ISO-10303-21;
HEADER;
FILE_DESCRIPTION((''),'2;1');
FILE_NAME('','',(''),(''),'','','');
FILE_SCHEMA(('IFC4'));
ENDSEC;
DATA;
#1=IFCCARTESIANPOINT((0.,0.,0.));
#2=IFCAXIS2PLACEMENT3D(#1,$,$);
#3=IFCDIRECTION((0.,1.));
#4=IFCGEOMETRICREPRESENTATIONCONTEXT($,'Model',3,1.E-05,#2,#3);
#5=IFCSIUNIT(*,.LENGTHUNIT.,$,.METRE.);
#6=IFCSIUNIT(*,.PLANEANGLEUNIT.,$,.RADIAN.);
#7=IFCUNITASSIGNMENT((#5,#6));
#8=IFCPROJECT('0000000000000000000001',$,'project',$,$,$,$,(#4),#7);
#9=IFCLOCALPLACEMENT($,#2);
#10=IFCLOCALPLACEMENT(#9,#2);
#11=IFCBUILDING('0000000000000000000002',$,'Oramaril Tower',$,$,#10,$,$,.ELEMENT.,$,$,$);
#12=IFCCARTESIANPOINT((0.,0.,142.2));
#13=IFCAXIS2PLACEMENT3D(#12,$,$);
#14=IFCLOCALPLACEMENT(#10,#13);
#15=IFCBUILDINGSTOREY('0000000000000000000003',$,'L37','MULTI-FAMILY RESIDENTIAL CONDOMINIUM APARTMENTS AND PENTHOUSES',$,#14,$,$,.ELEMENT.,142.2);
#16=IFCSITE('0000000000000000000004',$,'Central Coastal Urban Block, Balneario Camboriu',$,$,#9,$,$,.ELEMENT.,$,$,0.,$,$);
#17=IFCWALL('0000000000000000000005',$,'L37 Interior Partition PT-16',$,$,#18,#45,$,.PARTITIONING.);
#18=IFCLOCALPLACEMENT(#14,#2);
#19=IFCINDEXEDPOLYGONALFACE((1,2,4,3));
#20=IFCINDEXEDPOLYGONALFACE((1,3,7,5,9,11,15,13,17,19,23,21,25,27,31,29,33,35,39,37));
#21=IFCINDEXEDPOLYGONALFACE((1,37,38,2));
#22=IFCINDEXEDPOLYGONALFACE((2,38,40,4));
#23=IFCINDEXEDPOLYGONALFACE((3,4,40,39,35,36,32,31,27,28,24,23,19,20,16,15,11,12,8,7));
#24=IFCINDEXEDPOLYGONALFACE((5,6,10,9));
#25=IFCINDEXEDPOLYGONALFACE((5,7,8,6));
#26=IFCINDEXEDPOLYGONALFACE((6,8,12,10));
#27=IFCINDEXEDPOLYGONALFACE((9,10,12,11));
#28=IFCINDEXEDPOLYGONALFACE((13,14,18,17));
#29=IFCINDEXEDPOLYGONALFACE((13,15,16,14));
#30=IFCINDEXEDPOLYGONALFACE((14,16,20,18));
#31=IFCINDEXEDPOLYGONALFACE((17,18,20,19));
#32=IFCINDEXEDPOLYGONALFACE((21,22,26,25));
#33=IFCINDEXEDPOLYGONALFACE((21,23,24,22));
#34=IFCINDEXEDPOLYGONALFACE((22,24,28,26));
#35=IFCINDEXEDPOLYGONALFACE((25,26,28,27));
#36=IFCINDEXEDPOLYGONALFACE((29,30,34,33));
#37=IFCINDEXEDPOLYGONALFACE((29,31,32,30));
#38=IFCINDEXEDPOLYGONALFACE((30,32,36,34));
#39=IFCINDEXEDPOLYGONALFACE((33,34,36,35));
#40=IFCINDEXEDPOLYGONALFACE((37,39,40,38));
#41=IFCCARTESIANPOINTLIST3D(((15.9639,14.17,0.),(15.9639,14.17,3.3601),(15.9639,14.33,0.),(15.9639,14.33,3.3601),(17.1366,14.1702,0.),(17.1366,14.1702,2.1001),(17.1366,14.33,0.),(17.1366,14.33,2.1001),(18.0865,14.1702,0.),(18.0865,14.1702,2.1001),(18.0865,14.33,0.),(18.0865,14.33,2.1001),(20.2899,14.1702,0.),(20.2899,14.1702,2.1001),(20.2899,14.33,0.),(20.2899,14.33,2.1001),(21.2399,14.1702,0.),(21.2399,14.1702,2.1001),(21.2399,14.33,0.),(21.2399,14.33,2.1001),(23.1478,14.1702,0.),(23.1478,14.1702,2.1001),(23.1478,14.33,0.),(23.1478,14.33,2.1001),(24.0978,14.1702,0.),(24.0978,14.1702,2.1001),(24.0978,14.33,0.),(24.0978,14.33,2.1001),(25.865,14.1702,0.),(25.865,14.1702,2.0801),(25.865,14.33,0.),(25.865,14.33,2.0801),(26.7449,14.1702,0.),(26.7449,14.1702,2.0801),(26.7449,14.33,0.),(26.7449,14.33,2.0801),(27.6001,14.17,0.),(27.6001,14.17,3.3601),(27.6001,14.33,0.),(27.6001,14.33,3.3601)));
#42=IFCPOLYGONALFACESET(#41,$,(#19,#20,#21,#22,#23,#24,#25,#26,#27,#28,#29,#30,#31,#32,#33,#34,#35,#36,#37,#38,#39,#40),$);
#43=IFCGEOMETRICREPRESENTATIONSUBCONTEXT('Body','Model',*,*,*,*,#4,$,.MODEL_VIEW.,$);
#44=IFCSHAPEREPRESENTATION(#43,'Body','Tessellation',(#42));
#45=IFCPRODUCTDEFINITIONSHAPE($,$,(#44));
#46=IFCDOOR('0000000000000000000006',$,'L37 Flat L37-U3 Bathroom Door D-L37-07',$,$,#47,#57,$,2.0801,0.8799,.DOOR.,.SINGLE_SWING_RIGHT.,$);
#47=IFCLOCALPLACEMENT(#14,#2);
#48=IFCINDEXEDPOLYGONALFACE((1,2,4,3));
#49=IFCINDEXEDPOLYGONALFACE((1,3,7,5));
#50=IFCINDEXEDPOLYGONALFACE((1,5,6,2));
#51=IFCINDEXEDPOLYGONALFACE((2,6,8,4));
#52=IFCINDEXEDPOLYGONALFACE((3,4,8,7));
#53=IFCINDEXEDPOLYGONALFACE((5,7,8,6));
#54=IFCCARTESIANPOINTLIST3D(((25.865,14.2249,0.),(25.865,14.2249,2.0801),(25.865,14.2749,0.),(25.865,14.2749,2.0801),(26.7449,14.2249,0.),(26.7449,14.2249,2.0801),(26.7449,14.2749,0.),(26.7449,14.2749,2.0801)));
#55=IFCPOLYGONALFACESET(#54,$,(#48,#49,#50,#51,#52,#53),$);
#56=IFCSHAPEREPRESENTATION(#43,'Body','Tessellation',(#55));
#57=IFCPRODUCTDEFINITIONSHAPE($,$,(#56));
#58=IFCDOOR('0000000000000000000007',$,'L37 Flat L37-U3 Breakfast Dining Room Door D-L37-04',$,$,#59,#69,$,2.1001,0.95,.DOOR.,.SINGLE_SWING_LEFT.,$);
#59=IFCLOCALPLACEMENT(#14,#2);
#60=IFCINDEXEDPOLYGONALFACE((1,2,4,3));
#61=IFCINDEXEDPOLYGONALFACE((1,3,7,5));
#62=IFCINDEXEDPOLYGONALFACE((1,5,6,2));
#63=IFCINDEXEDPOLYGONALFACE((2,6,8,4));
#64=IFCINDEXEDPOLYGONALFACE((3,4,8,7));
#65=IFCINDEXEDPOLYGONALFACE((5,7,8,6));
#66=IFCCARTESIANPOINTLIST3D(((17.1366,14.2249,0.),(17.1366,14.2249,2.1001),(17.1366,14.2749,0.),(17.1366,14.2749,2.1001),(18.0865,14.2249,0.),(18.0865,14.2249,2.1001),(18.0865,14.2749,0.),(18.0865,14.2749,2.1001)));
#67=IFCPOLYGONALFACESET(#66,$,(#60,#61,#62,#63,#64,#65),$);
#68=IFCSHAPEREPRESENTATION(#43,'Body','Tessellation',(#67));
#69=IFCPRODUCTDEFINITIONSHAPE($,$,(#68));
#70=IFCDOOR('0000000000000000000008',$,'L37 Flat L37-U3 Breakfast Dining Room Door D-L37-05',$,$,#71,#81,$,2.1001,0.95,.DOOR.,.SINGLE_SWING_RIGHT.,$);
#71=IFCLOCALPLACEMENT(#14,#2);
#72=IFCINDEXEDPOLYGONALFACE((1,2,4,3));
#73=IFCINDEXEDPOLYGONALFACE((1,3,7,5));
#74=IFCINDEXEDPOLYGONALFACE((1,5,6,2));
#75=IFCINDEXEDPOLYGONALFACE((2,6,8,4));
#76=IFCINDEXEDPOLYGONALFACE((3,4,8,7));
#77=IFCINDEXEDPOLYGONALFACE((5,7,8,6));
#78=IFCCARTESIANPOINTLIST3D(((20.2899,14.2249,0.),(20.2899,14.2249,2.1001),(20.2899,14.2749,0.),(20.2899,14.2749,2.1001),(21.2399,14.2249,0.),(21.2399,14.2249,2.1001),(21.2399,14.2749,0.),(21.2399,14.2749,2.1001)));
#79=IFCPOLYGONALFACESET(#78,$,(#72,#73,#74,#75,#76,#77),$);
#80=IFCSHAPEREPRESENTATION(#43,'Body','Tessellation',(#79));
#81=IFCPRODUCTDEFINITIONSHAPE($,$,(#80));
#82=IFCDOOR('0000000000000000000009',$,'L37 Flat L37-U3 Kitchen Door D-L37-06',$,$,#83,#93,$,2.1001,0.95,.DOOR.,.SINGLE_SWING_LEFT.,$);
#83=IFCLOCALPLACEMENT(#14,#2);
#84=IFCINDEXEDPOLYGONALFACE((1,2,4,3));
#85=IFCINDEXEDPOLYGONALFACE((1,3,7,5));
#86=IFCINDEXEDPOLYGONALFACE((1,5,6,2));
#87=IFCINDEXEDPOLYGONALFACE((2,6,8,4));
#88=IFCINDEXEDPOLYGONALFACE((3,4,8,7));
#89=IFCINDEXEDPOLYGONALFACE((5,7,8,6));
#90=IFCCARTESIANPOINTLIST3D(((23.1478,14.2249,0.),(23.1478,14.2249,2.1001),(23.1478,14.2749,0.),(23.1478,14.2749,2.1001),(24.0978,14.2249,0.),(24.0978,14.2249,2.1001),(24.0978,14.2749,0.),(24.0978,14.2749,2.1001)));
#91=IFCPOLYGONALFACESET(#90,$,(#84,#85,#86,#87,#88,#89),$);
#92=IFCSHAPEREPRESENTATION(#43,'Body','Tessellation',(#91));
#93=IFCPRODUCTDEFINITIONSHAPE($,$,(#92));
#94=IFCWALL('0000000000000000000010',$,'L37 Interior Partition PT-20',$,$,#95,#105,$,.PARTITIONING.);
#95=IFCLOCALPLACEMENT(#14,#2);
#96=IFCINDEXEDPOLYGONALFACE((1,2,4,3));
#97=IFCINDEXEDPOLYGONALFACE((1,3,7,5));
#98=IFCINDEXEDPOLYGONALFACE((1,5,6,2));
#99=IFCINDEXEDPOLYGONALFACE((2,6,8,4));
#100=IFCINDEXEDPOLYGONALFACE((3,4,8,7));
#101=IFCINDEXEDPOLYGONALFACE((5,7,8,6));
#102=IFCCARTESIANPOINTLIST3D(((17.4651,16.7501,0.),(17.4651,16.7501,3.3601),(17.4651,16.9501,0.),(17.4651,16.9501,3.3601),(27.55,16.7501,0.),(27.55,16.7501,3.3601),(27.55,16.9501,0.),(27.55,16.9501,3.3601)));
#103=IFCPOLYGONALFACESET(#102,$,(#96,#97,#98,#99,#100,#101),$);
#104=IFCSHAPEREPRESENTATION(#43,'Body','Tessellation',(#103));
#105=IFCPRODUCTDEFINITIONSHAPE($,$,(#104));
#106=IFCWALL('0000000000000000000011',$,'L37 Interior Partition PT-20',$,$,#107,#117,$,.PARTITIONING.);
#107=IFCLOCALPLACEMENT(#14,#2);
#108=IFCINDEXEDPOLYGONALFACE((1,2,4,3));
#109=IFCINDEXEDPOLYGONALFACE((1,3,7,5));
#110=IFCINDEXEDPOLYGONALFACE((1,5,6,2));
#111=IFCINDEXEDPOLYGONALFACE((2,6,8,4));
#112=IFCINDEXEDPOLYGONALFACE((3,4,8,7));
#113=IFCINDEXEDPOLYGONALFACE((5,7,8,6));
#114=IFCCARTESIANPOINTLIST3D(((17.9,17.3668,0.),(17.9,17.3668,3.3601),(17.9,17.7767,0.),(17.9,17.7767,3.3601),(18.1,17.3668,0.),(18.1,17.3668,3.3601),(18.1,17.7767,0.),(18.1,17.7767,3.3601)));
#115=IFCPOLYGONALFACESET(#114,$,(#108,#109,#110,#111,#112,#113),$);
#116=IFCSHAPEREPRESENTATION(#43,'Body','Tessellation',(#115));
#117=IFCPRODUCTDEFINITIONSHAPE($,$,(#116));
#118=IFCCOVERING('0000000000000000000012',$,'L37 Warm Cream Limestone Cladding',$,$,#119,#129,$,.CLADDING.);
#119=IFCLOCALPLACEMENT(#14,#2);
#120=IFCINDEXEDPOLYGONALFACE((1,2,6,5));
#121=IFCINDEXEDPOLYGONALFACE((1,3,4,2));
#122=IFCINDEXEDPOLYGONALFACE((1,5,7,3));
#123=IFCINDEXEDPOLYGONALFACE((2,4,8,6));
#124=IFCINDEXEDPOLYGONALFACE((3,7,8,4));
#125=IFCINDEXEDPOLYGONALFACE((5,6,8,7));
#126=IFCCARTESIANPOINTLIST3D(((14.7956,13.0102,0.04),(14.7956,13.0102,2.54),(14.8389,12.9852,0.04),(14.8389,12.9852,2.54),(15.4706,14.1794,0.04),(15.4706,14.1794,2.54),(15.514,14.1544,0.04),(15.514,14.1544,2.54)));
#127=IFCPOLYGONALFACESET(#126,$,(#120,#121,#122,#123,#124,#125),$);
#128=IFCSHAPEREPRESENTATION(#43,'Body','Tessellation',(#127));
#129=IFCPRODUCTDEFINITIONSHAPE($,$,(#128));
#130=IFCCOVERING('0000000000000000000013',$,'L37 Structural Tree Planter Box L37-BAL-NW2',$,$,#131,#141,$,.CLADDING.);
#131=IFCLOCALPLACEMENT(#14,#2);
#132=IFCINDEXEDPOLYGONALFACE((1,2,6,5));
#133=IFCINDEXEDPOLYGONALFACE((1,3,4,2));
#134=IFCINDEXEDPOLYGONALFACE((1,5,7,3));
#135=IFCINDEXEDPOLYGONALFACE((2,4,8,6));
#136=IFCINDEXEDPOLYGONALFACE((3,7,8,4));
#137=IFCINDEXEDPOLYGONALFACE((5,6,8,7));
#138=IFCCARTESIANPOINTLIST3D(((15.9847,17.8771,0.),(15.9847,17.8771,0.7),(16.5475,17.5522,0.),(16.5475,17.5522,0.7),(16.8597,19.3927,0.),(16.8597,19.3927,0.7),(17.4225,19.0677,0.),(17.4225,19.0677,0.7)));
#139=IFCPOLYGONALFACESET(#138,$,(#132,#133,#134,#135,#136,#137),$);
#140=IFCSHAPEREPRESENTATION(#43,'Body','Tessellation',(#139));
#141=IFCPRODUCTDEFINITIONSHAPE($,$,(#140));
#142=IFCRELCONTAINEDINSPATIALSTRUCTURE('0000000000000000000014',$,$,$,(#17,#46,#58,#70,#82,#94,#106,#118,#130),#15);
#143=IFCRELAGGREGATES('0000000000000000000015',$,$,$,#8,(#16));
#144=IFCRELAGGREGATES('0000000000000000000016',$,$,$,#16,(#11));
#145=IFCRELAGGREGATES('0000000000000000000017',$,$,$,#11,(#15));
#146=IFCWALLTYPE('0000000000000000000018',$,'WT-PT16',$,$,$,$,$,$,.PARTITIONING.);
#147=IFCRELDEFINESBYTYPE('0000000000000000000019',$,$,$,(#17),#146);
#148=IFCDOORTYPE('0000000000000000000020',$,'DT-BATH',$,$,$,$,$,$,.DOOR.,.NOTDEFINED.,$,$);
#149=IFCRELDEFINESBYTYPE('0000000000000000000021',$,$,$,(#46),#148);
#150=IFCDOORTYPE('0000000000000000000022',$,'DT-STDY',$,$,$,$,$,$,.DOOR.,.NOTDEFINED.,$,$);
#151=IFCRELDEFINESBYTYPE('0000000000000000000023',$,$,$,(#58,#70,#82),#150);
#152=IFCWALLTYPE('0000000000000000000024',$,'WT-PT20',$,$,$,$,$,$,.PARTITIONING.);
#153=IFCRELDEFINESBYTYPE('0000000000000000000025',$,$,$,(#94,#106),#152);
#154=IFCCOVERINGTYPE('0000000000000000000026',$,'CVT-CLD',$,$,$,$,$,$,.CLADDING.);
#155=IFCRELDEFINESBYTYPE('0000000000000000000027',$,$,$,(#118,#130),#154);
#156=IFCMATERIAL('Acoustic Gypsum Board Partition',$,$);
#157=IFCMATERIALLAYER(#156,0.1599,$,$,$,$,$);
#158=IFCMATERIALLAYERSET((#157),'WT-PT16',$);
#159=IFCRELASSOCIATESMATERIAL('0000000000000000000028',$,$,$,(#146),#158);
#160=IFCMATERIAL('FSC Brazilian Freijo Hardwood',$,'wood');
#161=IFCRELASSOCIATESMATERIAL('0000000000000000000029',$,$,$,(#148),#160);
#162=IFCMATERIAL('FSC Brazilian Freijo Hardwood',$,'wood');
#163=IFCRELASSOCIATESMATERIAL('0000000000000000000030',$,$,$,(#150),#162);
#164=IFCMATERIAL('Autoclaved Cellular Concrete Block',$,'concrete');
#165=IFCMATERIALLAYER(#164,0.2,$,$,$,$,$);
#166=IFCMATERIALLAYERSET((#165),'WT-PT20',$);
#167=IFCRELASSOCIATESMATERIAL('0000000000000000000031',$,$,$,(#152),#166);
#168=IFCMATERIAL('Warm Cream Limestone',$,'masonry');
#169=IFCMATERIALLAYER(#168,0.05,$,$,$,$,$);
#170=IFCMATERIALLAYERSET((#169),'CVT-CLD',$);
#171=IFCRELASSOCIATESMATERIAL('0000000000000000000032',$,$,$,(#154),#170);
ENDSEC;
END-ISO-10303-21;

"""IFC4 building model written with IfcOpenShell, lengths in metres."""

from ifc_helpers import new_model, si_unit, direction, frame, frame_2d, origin, origin_2d, place, context, subcontext, project, spatial, rectangle, extrude, material, layer, layer_set, type_object, element, fill, save


model = new_model("IFC4")

# Units and contexts
model_context = context("Model", 3, precision=1e-05, world=origin(), true_north=direction((0.0, 1.0)))
body_context = subcontext(model_context, "Body", "Model", "MODEL_VIEW")
ifc_project = project(units=[si_unit("LENGTHUNIT", "METRE"), si_unit("PLANEANGLEUNIT", "RADIAN")], contexts=[model_context])

# Site, building, storey
site_placement = place(None, origin())
site = spatial("IfcSite", under=ifc_project, at=site_placement, Name="Central Coastal Urban Block, Balneario Camboriu", CompositionType="ELEMENT", RefElevation=0.0)
building_placement = place(site_placement, origin())
building = spatial("IfcBuilding", under=site, at=building_placement, Name="Oramaril Tower", CompositionType="ELEMENT")
storey_placement = place(building_placement, frame((0.0, 0.0, 142.2)))
storey = spatial("IfcBuildingStorey", under=building, at=storey_placement, Name="L37", Description="MULTI-FAMILY RESIDENTIAL CONDOMINIUM APARTMENTS AND PENTHOUSES", CompositionType="ELEMENT", Elevation=142.2)

# Wall, openings, doors
ifc_material_1 = material(Name="Acoustic Gypsum Board Partition")
ifc_layer_1 = layer(ifc_material_1, 0.1599)
ifc_layer_set_1 = layer_set([ifc_layer_1], Name="WT-PT16")
wall_type_1 = type_object("IfcWallType", Name="WT-PT16", PredefinedType="PARTITIONING", material=ifc_layer_set_1)
wall_1_placement = place(storey_placement, frame((15.9639, 14.25, 0.0), z_axis=(0.0, 0.0, 1.0), x_axis=(1.0, 0.0, 0.0)))
wall_1 = element("IfcWall", 1, at=wall_1_placement, inside=storey, type_object=wall_type_1, Name="L37 Interior Partition PT-16", PredefinedType="PARTITIONING", context=body_context, shape_type="SweptSolid", body=[
    extrude(rectangle(XDim=11.6362, YDim=0.1599, at=frame_2d((5.8181, 0.0))), origin(), (0.0, 0.0, 1.0), 3.3601),
])
opening_1_placement = place(wall_1_placement, frame((1.1726, 0.0, 0.0)))
opening_1 = element("IfcOpeningElement", 2, at=opening_1_placement, cuts=wall_1, PredefinedType="OPENING", context=body_context, shape_type="SweptSolid", body=[
    extrude(rectangle(XDim=0.95, YDim=2.1001, at=frame_2d((0.4751, 1.05))), frame((0.0, 0.0801, 0.0), z_axis=(0.0, -1.0, 0.0), x_axis=(1.0, 0.0, 0.0)), (0.0, 0.0, 1.0), 0.1599),
])
opening_2_placement = place(wall_1_placement, frame((4.3259, 0.0, 0.0)))
opening_2 = element("IfcOpeningElement", 3, at=opening_2_placement, cuts=wall_1, PredefinedType="OPENING", context=body_context, shape_type="SweptSolid", body=[
    extrude(rectangle(XDim=0.95, YDim=2.1001, at=frame_2d((0.4751, 1.05))), frame((0.0, 0.0801, 0.0), z_axis=(0.0, -1.0, 0.0), x_axis=(1.0, 0.0, 0.0)), (0.0, 0.0, 1.0), 0.1599),
])
opening_3_placement = place(wall_1_placement, frame((7.1838, 0.0, 0.0)))
opening_3 = element("IfcOpeningElement", 4, at=opening_3_placement, cuts=wall_1, PredefinedType="OPENING", context=body_context, shape_type="SweptSolid", body=[
    extrude(rectangle(XDim=0.95, YDim=2.1001, at=frame_2d((0.4751, 1.05))), frame((0.0, 0.0801, 0.0), z_axis=(0.0, -1.0, 0.0), x_axis=(1.0, 0.0, 0.0)), (0.0, 0.0, 1.0), 0.1599),
])
opening_4_placement = place(wall_1_placement, frame((9.9011, 0.0, 0.0)))
opening_4 = element("IfcOpeningElement", 5, at=opening_4_placement, cuts=wall_1, PredefinedType="OPENING", context=body_context, shape_type="SweptSolid", body=[
    extrude(rectangle(XDim=0.8799, YDim=2.0801, at=frame_2d((0.4399, 1.04))), frame((0.0, 0.0801, 0.0), z_axis=(0.0, -1.0, 0.0), x_axis=(1.0, 0.0, 0.0)), (0.0, 0.0, 1.0), 0.1599),
])
ifc_material_2 = material(Name="FSC Brazilian Freijo Hardwood", Category="wood")
door_type_1 = type_object("IfcDoorType", Name="DT-BATH", OperationType="NOTDEFINED", PredefinedType="DOOR", material=ifc_material_2)
door_1_placement = place(opening_4_placement, origin())
door_1 = element("IfcDoor", 6, at=door_1_placement, inside=storey, type_object=door_type_1, Name="L37 Flat L37-U3 Bathroom Door D-L37-07", OperationType="SINGLE_SWING_RIGHT", OverallHeight=2.0801, OverallWidth=0.8799, PredefinedType="DOOR", context=body_context, shape_type="SweptSolid", body=[
    extrude(rectangle(XDim=0.8799, YDim=2.0801, at=frame_2d((0.4399, 1.04))), frame((0.0, 0.0249, 0.0), z_axis=(0.0, -1.0, 0.0), x_axis=(1.0, 0.0, 0.0)), (0.0, 0.0, 1.0), 0.05),
])
fill(opening_4, door_1)
ifc_material_3 = material(Name="FSC Brazilian Freijo Hardwood", Category="wood")
door_type_2 = type_object("IfcDoorType", Name="DT-STDY", OperationType="NOTDEFINED", PredefinedType="DOOR", material=ifc_material_3)
door_2_placement = place(opening_1_placement, origin())
door_2 = element("IfcDoor", 7, at=door_2_placement, inside=storey, type_object=door_type_2, Name="L37 Flat L37-U3 Breakfast Dining Room Door D-L37-04", OperationType="SINGLE_SWING_LEFT", OverallHeight=2.1001, OverallWidth=0.95, PredefinedType="DOOR", context=body_context, shape_type="SweptSolid", body=[
    extrude(rectangle(XDim=0.95, YDim=2.1001, at=frame_2d((0.4751, 1.05))), frame((0.0, 0.0249, 0.0), z_axis=(0.0, -1.0, 0.0), x_axis=(1.0, 0.0, 0.0)), (0.0, 0.0, 1.0), 0.05),
])
fill(opening_1, door_2)
door_3_placement = place(opening_2_placement, origin())
door_3 = element("IfcDoor", 8, at=door_3_placement, inside=storey, type_object=door_type_2, Name="L37 Flat L37-U3 Breakfast Dining Room Door D-L37-05", OperationType="SINGLE_SWING_RIGHT", OverallHeight=2.1001, OverallWidth=0.95, PredefinedType="DOOR", context=body_context, shape_type="SweptSolid", body=[
    extrude(rectangle(XDim=0.95, YDim=2.1001, at=frame_2d((0.4751, 1.05))), frame((0.0, 0.0249, 0.0), z_axis=(0.0, -1.0, 0.0), x_axis=(1.0, 0.0, 0.0)), (0.0, 0.0, 1.0), 0.05),
])
fill(opening_2, door_3)
door_4_placement = place(opening_3_placement, origin())
door_4 = element("IfcDoor", 9, at=door_4_placement, inside=storey, type_object=door_type_2, Name="L37 Flat L37-U3 Kitchen Door D-L37-06", OperationType="SINGLE_SWING_LEFT", OverallHeight=2.1001, OverallWidth=0.95, PredefinedType="DOOR", context=body_context, shape_type="SweptSolid", body=[
    extrude(rectangle(XDim=0.95, YDim=2.1001, at=frame_2d((0.4751, 1.05))), frame((0.0, 0.0249, 0.0), z_axis=(0.0, -1.0, 0.0), x_axis=(1.0, 0.0, 0.0)), (0.0, 0.0, 1.0), 0.05),
])
fill(opening_3, door_4)

# Wall
ifc_material_4 = material(Name="Autoclaved Cellular Concrete Block", Category="concrete")
ifc_layer_2 = layer(ifc_material_4, 0.2)
ifc_layer_set_2 = layer_set([ifc_layer_2], Name="WT-PT20")
wall_type_2 = type_object("IfcWallType", Name="WT-PT20", PredefinedType="PARTITIONING", material=ifc_layer_set_2)
wall_2_placement = place(storey_placement, frame((17.4651, 16.8501, 0.0), z_axis=(0.0, 0.0, 1.0), x_axis=(1.0, 0.0, 0.0)))
element("IfcWall", 10, at=wall_2_placement, inside=storey, type_object=wall_type_2, Name="L37 Interior Partition PT-20", PredefinedType="PARTITIONING", context=body_context, shape_type="SweptSolid", body=[
    extrude(rectangle(XDim=10.085, YDim=0.2, at=frame_2d((5.0425, 0.0))), origin(), (0.0, 0.0, 1.0), 3.3601),
])

# Wall
wall_3_placement = place(storey_placement, frame((18.0, 17.3667, 0.0), z_axis=(0.0, 0.0, 1.0), x_axis=(0.0, 1.0, 0.0)))
element("IfcWall", 11, at=wall_3_placement, inside=storey, type_object=wall_type_2, Name="L37 Interior Partition PT-20", PredefinedType="PARTITIONING", context=body_context, shape_type="SweptSolid", body=[
    extrude(rectangle(XDim=0.4099, YDim=0.2, at=frame_2d((0.2051, 0.0))), origin(), (0.0, 0.0, 1.0), 3.3601),
])

# Coverings
ifc_material_5 = material(Name="Warm Cream Limestone", Category="masonry")
ifc_layer_3 = layer(ifc_material_5, 0.05)
ifc_layer_set_3 = layer_set([ifc_layer_3], Name="CVT-CLD")
covering_type = type_object("IfcCoveringType", Name="CVT-CLD", PredefinedType="CLADDING", material=ifc_layer_set_3)
covering_1_placement = place(storey_placement, frame((15.1548, 13.5823, 0.04), z_axis=(0.0, 0.0, 1.0), x_axis=(-0.499998, -0.866026, 0.0)))
element("IfcCovering", 12, at=covering_1_placement, inside=storey, type_object=covering_type, Name="L37 Warm Cream Limestone Cladding", PredefinedType="CLADDING", context=body_context, shape_type="SweptSolid", body=[
    extrude(rectangle(XDim=1.3501, YDim=0.05, at=origin_2d()), origin(), (0.0, 0.0, 1.0), 2.5),
])
covering_2_placement = place(storey_placement, frame((16.7036, 18.4724, 0.0), z_axis=(0.0, 0.0, 1.0), x_axis=(-0.499998, -0.866026, 0.0)))
element("IfcCovering", 13, at=covering_2_placement, inside=storey, type_object=covering_type, Name="L37 Structural Tree Planter Box L37-BAL-NW2", PredefinedType="CLADDING", context=body_context, shape_type="SweptSolid", body=[
    extrude(rectangle(XDim=1.75, YDim=0.6499, at=origin_2d()), origin(), (0.0, 0.0, 1.0), 0.7),
])

save(model, "model.ifc")
